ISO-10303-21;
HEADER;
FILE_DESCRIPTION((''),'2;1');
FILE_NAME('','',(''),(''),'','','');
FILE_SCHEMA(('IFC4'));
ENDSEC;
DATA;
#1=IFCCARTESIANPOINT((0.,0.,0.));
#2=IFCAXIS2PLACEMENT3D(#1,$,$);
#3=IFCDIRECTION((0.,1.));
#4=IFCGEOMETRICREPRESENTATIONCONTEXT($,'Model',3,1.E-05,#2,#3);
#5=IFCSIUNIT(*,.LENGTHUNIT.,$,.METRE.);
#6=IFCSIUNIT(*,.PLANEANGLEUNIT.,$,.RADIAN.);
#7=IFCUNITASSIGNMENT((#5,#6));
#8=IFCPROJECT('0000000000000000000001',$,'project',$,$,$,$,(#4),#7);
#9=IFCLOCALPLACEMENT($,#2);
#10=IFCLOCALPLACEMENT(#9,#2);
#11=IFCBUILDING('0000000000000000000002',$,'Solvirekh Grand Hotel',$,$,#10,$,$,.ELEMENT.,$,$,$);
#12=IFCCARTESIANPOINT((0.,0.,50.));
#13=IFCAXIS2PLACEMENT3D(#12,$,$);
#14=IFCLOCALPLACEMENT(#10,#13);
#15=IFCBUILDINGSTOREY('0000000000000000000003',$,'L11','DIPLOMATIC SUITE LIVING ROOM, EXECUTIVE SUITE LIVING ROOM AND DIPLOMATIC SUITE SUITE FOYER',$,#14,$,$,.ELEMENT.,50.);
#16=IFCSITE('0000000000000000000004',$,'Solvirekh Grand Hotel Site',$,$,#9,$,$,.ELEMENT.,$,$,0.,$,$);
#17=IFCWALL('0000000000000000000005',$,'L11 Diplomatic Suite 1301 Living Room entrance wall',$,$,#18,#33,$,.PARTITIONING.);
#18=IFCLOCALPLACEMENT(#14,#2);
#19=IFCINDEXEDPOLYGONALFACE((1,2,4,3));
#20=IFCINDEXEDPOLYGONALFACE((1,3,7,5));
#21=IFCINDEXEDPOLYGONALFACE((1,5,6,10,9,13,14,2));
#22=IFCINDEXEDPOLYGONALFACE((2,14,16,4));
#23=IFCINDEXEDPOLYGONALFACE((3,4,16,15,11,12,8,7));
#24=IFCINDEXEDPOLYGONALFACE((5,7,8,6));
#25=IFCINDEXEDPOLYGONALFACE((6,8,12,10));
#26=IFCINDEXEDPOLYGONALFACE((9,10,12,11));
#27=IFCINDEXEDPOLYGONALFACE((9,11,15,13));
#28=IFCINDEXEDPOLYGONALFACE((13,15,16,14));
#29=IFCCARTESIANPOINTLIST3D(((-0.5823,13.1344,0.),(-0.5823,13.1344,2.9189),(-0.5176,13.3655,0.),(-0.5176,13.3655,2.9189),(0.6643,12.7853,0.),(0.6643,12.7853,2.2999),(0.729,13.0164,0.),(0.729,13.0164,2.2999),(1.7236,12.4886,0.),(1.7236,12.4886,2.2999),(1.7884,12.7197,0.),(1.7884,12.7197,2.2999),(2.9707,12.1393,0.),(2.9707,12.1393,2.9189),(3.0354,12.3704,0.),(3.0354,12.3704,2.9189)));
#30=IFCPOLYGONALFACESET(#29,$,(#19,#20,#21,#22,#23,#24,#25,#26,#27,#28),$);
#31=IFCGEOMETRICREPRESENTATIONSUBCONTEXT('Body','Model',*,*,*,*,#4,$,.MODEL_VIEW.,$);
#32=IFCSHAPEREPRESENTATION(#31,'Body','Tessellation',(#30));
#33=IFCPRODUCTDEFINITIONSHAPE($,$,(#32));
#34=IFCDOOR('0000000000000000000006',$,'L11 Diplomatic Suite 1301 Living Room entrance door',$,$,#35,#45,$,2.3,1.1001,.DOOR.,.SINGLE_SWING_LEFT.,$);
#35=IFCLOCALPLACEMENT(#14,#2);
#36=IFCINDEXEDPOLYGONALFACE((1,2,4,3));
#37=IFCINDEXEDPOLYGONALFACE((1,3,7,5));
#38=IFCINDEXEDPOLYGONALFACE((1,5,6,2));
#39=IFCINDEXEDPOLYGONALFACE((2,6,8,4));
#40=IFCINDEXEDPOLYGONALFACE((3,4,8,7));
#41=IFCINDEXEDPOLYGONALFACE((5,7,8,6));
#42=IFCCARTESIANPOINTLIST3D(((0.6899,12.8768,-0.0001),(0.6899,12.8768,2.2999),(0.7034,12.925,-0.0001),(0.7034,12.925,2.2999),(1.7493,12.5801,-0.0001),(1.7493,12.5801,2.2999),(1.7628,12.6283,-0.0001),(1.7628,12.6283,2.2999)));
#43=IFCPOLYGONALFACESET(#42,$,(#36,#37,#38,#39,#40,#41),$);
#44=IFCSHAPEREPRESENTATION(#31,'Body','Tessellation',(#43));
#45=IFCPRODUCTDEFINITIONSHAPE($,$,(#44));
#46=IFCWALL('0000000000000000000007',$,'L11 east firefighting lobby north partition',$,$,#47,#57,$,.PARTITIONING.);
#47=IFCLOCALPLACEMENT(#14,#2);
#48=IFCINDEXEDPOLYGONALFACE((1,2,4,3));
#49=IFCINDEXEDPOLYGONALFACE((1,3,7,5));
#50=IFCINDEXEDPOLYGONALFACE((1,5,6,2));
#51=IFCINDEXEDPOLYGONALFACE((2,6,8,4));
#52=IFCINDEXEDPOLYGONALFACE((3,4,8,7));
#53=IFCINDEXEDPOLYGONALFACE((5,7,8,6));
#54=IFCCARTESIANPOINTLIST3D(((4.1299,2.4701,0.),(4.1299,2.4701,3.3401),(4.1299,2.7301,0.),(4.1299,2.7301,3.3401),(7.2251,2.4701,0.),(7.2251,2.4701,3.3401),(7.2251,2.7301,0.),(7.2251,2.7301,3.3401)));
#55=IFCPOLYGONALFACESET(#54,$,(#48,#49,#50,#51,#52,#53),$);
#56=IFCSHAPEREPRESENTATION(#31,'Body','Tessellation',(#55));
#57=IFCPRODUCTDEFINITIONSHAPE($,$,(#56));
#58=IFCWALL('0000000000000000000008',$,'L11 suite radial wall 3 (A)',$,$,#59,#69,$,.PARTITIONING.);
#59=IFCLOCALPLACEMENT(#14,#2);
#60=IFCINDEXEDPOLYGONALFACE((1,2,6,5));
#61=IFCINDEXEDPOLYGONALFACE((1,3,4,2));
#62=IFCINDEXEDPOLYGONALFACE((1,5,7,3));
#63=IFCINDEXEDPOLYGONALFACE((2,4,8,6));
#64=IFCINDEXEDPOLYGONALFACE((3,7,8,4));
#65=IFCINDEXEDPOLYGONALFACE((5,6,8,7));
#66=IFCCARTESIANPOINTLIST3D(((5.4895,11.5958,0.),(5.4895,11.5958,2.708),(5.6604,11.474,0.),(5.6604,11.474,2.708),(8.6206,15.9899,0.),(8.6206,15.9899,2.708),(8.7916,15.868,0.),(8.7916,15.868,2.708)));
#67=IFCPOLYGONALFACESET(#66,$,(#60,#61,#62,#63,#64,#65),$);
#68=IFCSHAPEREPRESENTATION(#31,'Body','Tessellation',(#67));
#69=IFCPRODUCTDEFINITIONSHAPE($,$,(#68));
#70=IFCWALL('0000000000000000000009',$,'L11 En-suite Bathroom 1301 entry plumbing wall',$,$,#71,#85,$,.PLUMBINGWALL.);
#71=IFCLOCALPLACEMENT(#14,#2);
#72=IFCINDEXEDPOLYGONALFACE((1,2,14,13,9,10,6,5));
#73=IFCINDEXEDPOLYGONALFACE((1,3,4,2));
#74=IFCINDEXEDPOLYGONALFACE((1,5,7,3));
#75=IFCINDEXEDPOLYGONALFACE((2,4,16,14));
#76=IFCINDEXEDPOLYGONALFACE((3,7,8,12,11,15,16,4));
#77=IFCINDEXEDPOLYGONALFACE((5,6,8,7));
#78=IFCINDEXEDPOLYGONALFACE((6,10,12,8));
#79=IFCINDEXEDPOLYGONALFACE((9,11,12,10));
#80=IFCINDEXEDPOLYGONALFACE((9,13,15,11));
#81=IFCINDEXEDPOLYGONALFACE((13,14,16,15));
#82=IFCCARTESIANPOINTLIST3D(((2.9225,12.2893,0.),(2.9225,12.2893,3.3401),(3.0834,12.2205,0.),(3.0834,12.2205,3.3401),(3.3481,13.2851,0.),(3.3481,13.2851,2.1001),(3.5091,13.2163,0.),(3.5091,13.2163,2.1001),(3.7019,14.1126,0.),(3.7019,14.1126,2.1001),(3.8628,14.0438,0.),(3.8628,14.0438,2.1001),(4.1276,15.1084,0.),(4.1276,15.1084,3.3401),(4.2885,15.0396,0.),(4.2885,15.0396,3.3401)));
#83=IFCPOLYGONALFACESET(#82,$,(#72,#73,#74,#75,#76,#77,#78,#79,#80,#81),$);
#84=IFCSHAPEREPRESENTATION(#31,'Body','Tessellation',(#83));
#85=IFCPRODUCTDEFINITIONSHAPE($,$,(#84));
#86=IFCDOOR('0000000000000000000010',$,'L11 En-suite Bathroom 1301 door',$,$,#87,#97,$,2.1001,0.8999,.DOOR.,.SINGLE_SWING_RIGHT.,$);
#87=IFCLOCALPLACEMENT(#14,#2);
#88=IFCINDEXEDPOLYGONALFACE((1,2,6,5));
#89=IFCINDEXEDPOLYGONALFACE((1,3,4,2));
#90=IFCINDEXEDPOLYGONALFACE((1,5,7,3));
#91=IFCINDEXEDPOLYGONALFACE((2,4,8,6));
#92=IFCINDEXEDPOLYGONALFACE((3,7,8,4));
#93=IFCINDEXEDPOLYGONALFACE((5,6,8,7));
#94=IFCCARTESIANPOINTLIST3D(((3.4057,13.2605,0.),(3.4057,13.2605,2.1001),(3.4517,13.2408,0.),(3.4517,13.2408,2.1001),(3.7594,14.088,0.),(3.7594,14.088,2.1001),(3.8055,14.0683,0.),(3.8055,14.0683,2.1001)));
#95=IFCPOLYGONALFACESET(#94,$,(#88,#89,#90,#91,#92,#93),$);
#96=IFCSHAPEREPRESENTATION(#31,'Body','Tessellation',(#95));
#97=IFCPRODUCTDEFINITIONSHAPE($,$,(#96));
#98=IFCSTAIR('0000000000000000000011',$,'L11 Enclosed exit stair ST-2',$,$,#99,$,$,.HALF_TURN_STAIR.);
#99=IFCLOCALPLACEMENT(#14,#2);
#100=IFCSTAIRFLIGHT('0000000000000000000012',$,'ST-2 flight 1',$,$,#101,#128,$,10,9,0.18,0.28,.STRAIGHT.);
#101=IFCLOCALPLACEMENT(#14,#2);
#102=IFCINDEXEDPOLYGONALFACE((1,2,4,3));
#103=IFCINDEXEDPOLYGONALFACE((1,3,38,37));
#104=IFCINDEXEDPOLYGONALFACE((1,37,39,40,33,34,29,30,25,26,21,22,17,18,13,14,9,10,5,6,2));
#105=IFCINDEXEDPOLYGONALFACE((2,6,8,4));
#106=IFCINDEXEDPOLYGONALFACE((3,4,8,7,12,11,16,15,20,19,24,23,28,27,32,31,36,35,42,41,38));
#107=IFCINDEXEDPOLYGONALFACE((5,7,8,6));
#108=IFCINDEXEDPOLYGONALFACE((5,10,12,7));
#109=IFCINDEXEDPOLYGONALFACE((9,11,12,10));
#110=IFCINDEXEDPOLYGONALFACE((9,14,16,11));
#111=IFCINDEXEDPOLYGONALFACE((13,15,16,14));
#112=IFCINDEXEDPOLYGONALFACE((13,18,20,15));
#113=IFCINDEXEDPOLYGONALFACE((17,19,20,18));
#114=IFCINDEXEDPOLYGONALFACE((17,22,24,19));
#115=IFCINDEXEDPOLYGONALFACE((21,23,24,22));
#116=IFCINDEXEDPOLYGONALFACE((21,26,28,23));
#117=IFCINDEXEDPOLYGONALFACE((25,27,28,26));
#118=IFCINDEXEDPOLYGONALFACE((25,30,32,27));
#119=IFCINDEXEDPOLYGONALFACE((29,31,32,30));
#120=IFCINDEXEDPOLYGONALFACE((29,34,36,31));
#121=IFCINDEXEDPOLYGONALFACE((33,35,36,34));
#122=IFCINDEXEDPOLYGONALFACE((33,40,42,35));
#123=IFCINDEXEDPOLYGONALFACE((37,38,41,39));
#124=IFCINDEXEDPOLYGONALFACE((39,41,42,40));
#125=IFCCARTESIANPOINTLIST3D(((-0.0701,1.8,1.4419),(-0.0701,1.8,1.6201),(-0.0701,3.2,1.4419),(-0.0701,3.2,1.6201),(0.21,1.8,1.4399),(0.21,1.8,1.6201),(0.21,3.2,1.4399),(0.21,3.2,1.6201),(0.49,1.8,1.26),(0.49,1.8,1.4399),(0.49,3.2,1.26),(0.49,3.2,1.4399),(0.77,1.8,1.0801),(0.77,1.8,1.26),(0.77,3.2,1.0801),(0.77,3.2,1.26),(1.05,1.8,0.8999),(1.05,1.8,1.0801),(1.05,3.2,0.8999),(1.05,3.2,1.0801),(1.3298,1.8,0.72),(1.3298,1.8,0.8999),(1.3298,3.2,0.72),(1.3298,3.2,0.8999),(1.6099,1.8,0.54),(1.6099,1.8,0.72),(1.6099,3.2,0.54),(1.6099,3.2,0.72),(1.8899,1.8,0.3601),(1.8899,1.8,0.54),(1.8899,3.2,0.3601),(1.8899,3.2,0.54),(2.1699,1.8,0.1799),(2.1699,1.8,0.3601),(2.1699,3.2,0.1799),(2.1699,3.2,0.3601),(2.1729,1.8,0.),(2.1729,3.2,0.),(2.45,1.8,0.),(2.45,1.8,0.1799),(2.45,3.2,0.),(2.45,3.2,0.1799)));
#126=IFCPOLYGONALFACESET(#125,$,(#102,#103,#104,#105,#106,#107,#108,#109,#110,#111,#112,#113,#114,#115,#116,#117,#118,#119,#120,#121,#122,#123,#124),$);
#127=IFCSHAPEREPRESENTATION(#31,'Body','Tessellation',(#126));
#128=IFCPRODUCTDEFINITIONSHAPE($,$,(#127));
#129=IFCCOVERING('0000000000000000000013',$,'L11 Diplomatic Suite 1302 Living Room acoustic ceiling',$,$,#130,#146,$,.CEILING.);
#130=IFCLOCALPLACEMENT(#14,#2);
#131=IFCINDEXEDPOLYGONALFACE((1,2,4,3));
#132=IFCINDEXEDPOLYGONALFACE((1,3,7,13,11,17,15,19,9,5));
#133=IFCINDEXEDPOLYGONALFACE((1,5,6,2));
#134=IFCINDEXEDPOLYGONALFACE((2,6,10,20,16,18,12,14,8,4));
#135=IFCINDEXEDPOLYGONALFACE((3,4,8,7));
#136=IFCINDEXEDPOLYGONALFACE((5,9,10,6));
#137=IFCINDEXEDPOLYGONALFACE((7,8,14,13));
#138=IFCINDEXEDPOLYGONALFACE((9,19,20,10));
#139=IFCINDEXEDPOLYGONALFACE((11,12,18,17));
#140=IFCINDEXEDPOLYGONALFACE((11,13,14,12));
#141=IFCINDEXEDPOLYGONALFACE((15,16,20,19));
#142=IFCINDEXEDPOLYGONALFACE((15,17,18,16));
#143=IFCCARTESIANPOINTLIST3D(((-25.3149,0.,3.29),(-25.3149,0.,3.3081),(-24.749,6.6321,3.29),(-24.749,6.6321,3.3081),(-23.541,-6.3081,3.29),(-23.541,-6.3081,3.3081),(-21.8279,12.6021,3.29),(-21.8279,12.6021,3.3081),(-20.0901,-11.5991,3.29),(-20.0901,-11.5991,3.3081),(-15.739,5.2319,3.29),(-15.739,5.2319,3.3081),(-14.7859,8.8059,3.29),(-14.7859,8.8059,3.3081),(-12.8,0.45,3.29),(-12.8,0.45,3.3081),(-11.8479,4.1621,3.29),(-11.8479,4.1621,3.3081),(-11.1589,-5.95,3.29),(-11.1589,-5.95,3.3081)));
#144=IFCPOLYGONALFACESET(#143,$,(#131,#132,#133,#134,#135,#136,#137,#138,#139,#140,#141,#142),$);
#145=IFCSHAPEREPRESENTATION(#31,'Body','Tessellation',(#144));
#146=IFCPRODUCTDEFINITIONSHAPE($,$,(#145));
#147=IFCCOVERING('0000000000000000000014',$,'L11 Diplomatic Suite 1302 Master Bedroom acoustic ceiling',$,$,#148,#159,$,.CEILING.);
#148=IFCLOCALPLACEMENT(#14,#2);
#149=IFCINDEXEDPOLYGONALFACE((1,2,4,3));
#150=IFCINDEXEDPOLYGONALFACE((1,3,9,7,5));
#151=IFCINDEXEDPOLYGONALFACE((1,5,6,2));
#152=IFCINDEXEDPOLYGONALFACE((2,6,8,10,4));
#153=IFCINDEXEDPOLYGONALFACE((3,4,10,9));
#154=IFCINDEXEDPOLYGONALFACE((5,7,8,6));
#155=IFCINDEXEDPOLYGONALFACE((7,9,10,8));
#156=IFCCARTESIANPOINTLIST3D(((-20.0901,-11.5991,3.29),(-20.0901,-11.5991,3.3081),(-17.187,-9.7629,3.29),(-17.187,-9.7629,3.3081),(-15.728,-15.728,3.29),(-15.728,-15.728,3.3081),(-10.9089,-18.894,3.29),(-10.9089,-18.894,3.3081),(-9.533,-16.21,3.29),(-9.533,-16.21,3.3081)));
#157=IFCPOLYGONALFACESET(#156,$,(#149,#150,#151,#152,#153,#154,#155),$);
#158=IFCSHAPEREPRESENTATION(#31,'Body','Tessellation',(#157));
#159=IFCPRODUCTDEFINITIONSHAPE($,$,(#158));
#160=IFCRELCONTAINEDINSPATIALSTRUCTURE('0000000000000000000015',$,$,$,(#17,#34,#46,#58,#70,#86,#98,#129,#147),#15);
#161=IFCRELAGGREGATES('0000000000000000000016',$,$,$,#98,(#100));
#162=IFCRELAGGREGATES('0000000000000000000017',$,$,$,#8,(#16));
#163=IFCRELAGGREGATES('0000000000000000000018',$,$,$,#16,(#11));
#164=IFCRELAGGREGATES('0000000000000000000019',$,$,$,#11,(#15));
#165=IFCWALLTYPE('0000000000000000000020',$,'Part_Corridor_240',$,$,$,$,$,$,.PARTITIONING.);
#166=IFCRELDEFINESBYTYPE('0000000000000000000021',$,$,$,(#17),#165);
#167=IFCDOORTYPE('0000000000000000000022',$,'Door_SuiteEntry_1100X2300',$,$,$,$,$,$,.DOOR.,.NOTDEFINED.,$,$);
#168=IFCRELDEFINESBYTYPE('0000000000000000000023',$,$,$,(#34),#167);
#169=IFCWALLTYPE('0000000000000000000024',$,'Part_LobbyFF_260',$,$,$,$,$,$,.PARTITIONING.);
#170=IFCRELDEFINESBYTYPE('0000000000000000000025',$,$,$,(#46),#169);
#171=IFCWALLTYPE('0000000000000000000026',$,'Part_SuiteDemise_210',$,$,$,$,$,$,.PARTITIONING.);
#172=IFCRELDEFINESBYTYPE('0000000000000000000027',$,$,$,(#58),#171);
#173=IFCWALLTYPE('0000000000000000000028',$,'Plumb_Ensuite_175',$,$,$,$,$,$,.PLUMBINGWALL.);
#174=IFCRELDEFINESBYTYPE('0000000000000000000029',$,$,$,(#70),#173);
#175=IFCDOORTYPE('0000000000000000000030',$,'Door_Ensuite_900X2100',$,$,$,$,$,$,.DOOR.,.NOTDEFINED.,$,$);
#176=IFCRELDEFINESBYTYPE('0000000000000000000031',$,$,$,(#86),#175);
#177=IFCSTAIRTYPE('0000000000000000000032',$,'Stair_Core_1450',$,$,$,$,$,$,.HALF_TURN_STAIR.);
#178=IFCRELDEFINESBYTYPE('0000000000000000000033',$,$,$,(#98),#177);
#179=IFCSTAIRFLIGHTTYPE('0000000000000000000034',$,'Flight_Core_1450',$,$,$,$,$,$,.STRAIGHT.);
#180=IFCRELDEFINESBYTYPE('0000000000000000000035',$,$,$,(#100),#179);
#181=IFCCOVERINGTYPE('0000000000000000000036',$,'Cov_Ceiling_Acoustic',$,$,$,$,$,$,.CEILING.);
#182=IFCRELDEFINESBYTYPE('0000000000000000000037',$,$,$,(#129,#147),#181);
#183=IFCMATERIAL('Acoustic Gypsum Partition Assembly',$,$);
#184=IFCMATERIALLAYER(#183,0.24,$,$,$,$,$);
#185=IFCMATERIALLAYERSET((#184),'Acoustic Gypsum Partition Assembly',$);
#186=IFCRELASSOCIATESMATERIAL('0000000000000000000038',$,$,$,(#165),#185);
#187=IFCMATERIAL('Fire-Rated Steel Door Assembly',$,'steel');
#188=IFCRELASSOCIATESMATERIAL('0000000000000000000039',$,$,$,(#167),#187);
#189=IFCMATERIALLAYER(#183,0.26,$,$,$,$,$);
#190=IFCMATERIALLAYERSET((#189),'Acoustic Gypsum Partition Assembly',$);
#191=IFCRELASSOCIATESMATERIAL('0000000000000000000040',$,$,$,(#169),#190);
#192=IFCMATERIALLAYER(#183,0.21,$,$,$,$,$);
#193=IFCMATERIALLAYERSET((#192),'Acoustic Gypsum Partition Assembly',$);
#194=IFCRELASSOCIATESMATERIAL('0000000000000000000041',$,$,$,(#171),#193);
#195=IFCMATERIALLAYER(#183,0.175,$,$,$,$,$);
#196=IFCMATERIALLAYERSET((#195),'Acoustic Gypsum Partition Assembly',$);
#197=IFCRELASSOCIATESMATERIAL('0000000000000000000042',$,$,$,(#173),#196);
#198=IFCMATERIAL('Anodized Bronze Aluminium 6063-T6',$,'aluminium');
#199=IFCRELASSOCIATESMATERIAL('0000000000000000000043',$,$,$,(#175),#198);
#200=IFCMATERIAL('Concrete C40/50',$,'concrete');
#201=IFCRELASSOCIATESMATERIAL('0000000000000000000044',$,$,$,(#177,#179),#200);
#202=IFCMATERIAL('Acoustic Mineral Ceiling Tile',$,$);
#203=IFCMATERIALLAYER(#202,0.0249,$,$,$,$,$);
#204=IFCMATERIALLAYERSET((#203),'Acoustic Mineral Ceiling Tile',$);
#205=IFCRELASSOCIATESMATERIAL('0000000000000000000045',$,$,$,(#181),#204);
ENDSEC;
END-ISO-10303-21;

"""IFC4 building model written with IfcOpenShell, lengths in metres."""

from ifc_helpers import new_model, si_unit, direction, frame, frame_2d, origin, place, context, subcontext, project, spatial, polyline, rectangle, outline, extrude, material, layer, layer_set, type_object, element, fill, aggregate, save


model = new_model("IFC4")

# Units and contexts
model_context = context("Model", 3, precision=1e-05, world=origin(), true_north=direction((0.0, 1.0)))
body_context = subcontext(model_context, "Body", "Model", "MODEL_VIEW")
ifc_project = project(units=[si_unit("LENGTHUNIT", "METRE"), si_unit("PLANEANGLEUNIT", "RADIAN")], contexts=[model_context])

# Site, building, storey
site_placement = place(None, origin())
site = spatial("IfcSite", under=ifc_project, at=site_placement, Name="Solvirekh Grand Hotel Site", CompositionType="ELEMENT", RefElevation=0.0)
building_placement = place(site_placement, origin())
building = spatial("IfcBuilding", under=site, at=building_placement, Name="Solvirekh Grand Hotel", CompositionType="ELEMENT")
storey_placement = place(building_placement, frame((0.0, 0.0, 50.0)))
storey = spatial("IfcBuildingStorey", under=building, at=storey_placement, Name="L11", Description="DIPLOMATIC SUITE LIVING ROOM, EXECUTIVE SUITE LIVING ROOM AND DIPLOMATIC SUITE SUITE FOYER", CompositionType="ELEMENT", Elevation=50.0)

# Shared definitions
ifc_material_1 = material(Name="Anodized Bronze Aluminium 6063-T6", Category="aluminium")

# Shared definitions
ifc_material_2 = material(Name="Concrete C40/50", Category="concrete")
ifc_material_3 = material(Name="Acoustic Gypsum Partition Assembly")
ifc_layer_1 = layer(ifc_material_3, 0.24)
ifc_layer_set_1 = layer_set([ifc_layer_1], Name="Acoustic Gypsum Partition Assembly")
wall_type_1 = type_object("IfcWallType", Name="Part_Corridor_240", PredefinedType="PARTITIONING", material=ifc_layer_set_1)

# Wall, opening, door
wall_1_placement = place(storey_placement, frame((3.0029, 12.2549, 0.0), z_axis=(0.0, 0.0, 1.0), x_axis=(-0.962944, 0.269701, 0.0)))
wall_1 = element("IfcWall", 1, at=wall_1_placement, inside=storey, type_object=wall_type_1, Name="L11 Diplomatic Suite 1301 Living Room entrance wall", PredefinedType="PARTITIONING", context=body_context, shape_type="SweptSolid", body=[
    extrude(rectangle(XDim=3.6897, YDim=0.24, at=frame_2d((1.8447, 0.0))), origin(), (0.0, 0.0, 1.0), 2.9189),
])
opening_1_placement = place(wall_1_placement, frame((1.2949, 0.0, 0.0)))
opening_1 = element("IfcOpeningElement", 2, at=opening_1_placement, cuts=wall_1, PredefinedType="OPENING", context=body_context, shape_type="SweptSolid", body=[
    extrude(rectangle(XDim=1.1001, YDim=2.3, at=frame_2d((0.55, 1.1499))), frame((0.0, 0.1299, 0.0), z_axis=(0.0, -1.0, 0.0), x_axis=(1.0, 0.0, 0.0)), (0.0, 0.0, 1.0), 0.26),
])
ifc_material_4 = material(Name="Fire-Rated Steel Door Assembly", Category="steel")
door_type_1 = type_object("IfcDoorType", Name="Door_SuiteEntry_1100X2300", OperationType="NOTDEFINED", PredefinedType="DOOR", material=ifc_material_4)
door_1_placement = place(opening_1_placement, origin())
door_1 = element("IfcDoor", 3, at=door_1_placement, inside=storey, type_object=door_type_1, Name="L11 Diplomatic Suite 1301 Living Room entrance door", OperationType="SINGLE_SWING_LEFT", OverallHeight=2.3, OverallWidth=1.1001, PredefinedType="DOOR", context=body_context, shape_type="SweptSolid", body=[
    extrude(rectangle(XDim=1.1001, YDim=2.3, at=frame_2d((0.55, 1.1499))), frame((0.0, 0.0249, 0.0), z_axis=(0.0, -1.0, 0.0), x_axis=(1.0, 0.0, 0.0)), (0.0, 0.0, 1.0), 0.05),
])
fill(opening_1, door_1)

# Walls
ifc_layer_2 = layer(ifc_material_3, 0.26)
ifc_layer_set_2 = layer_set([ifc_layer_2], Name="Acoustic Gypsum Partition Assembly")
wall_type_2 = type_object("IfcWallType", Name="Part_LobbyFF_260", PredefinedType="PARTITIONING", material=ifc_layer_set_2)
wall_2_placement = place(storey_placement, frame((4.1299, 2.6001, 0.0), z_axis=(0.0, 0.0, 1.0), x_axis=(1.0, 0.0, 0.0)))
element("IfcWall", 4, at=wall_2_placement, inside=storey, type_object=wall_type_2, Name="L11 east firefighting lobby north partition", PredefinedType="PARTITIONING", context=body_context, shape_type="SweptSolid", body=[
    extrude(rectangle(XDim=3.0952, YDim=0.26, at=frame_2d((1.5476, 0.0))), origin(), (0.0, 0.0, 1.0), 3.3401),
])
ifc_layer_3 = layer(ifc_material_3, 0.21)
ifc_layer_set_3 = layer_set([ifc_layer_3], Name="Acoustic Gypsum Partition Assembly")
wall_type_3 = type_object("IfcWallType", Name="Part_SuiteDemise_210", PredefinedType="PARTITIONING", material=ifc_layer_set_3)
wall_3_placement = place(storey_placement, frame((5.575, 11.5349, 0.0), z_axis=(0.0, 0.0, 1.0), x_axis=(0.580318, 0.81439, 0.0)))
element("IfcWall", 5, at=wall_3_placement, inside=storey, type_object=wall_type_3, Name="L11 suite radial wall 3 (A)", PredefinedType="PARTITIONING", context=body_context, shape_type="SweptSolid", body=[
    extrude(rectangle(XDim=5.3955, YDim=0.21, at=frame_2d((2.6978, 0.0))), origin(), (0.0, 0.0, 1.0), 2.708),
])

# Wall, opening, door
ifc_layer_4 = layer(ifc_material_3, 0.175)
ifc_layer_set_4 = layer_set([ifc_layer_4], Name="Acoustic Gypsum Partition Assembly")
wall_type_4 = type_object("IfcWallType", Name="Plumb_Ensuite_175", PredefinedType="PLUMBINGWALL", material=ifc_layer_set_4)
wall_4_placement = place(storey_placement, frame((3.0029, 12.2549, 0.0), z_axis=(0.0, 0.0, 1.0), x_axis=(0.393064, 0.919511, 0.0)))
wall_4 = element("IfcWall", 6, at=wall_4_placement, inside=storey, type_object=wall_type_4, Name="L11 En-suite Bathroom 1301 entry plumbing wall", PredefinedType="PLUMBINGWALL", context=body_context, shape_type="SweptSolid", body=[
    extrude(rectangle(XDim=3.0659, YDim=0.175, at=frame_2d((1.533, 0.0))), origin(), (0.0, 0.0, 1.0), 3.3401),
])
opening_2_placement = place(wall_4_placement, frame((1.083, 0.0, 0.0)))
opening_2 = element("IfcOpeningElement", 7, at=opening_2_placement, cuts=wall_4, PredefinedType="OPENING", context=body_context, shape_type="SweptSolid", body=[
    extrude(rectangle(XDim=0.8999, YDim=2.1001, at=frame_2d((0.45, 1.05))), frame((0.0, 0.0977, 0.0), z_axis=(0.0, -1.0, 0.0), x_axis=(1.0, 0.0, 0.0)), (0.0, 0.0, 1.0), 0.1951),
])
door_type_2 = type_object("IfcDoorType", Name="Door_Ensuite_900X2100", OperationType="NOTDEFINED", PredefinedType="DOOR", material=ifc_material_1)
door_2_placement = place(opening_2_placement, origin())
door_2 = element("IfcDoor", 8, at=door_2_placement, inside=storey, type_object=door_type_2, Name="L11 En-suite Bathroom 1301 door", OperationType="SINGLE_SWING_RIGHT", OverallHeight=2.1001, OverallWidth=0.8999, PredefinedType="DOOR", context=body_context, shape_type="SweptSolid", body=[
    extrude(rectangle(XDim=0.8999, YDim=2.1001, at=frame_2d((0.45, 1.05))), frame((0.0, 0.0249, 0.0), z_axis=(0.0, -1.0, 0.0), x_axis=(1.0, 0.0, 0.0)), (0.0, 0.0, 1.0), 0.05),
])
fill(opening_2, door_2)

# Stair, stair flight
stair_type = type_object("IfcStairType", Name="Stair_Core_1450", PredefinedType="HALF_TURN_STAIR", material=ifc_material_2)
stair_placement = place(storey_placement, origin())
stair = element("IfcStair", 9, at=stair_placement, inside=storey, type_object=stair_type, Name="L11 Enclosed exit stair ST-2", PredefinedType="HALF_TURN_STAIR")
stair_flight_type = type_object("IfcStairFlightType", Name="Flight_Core_1450", PredefinedType="STRAIGHT", material=ifc_material_2)
stair_flight_placement = place(storey_placement, frame((2.45, 2.5, 0.0), z_axis=(0.0, 0.0, 1.0), x_axis=(-1.0, 0.0, 0.0)))
stair_flight = element("IfcStairFlight", 10, at=stair_flight_placement, type_object=stair_flight_type, Name="ST-2 flight 1", NumberOfRisers=10, NumberOfTreads=9, PredefinedType="STRAIGHT", RiserHeight=0.18, TreadLength=0.28, context=body_context, shape_type="SweptSolid", body=[
    extrude(outline(polyline([(0.0, 0.0), (0.0, 0.1799), (0.28, 0.1799), (0.28, 0.3601), (0.5601, 0.3601), (0.5601, 0.54), (0.8401, 0.54), (0.8401, 0.72), (1.1201, 0.72), (1.1201, 0.8999), (1.3999, 0.8999), (1.3999, 1.0801), (1.6799, 1.0801), (1.6799, 1.26), (1.96, 1.26), (1.96, 1.4399), (2.24, 1.4399), (2.24, 1.6201), (2.52, 1.6201), (2.52, 1.8), (2.52, 1.4419), (0.2771, 0.0), (0.0, 0.0)])), frame((0.0, 0.7, 0.0), z_axis=(0.0, -1.0, 0.0), x_axis=(1.0, 0.0, 0.0)), (0.0, 0.0, 1.0), 1.3999),
])
aggregate(stair, [stair_flight])

# Coverings
ifc_material_5 = material(Name="Acoustic Mineral Ceiling Tile")
ifc_layer_5 = layer(ifc_material_5, 0.0249)
ifc_layer_set_5 = layer_set([ifc_layer_5], Name="Acoustic Mineral Ceiling Tile")
covering_type_1 = type_object("IfcCoveringType", Name="Cov_Ceiling_Acoustic", PredefinedType="CEILING", material=ifc_layer_set_5)
covering_1_placement = place(storey_placement, frame((0.0, 0.0, 3.29)))
element("IfcCovering", 11, at=covering_1_placement, inside=storey, type_object=covering_type_1, Name="L11 Diplomatic Suite 1302 Living Room acoustic ceiling", PredefinedType="CEILING", context=body_context, shape_type="SweptSolid", body=[
    extrude(outline(polyline([(-15.739, 5.2319), (-14.7859, 8.8059), (-21.8279, 12.6021), (-24.749, 6.6321), (-25.3149, 0.0), (-23.541, -6.3081), (-20.0901, -11.5991), (-11.1589, -5.95), (-12.8, 0.45), (-11.8479, 4.1621), (-15.739, 5.2319)])), origin(), (0.0, 0.0, 1.0), 0.0181),
])
covering_2_placement = place(storey_placement, frame((0.0, 0.0, 3.29)))
element("IfcCovering", 12, at=covering_2_placement, inside=storey, type_object=covering_type_1, Name="L11 Diplomatic Suite 1302 Master Bedroom acoustic ceiling", PredefinedType="CEILING", context=body_context, shape_type="SweptSolid", body=[
    extrude(outline(polyline([(-20.0901, -11.5991), (-15.728, -15.728), (-10.9089, -18.894), (-9.533, -16.21), (-17.187, -9.7629), (-20.0901, -11.5991)])), origin(), (0.0, 0.0, 1.0), 0.0181),
])

save(model, "model.ifc")
